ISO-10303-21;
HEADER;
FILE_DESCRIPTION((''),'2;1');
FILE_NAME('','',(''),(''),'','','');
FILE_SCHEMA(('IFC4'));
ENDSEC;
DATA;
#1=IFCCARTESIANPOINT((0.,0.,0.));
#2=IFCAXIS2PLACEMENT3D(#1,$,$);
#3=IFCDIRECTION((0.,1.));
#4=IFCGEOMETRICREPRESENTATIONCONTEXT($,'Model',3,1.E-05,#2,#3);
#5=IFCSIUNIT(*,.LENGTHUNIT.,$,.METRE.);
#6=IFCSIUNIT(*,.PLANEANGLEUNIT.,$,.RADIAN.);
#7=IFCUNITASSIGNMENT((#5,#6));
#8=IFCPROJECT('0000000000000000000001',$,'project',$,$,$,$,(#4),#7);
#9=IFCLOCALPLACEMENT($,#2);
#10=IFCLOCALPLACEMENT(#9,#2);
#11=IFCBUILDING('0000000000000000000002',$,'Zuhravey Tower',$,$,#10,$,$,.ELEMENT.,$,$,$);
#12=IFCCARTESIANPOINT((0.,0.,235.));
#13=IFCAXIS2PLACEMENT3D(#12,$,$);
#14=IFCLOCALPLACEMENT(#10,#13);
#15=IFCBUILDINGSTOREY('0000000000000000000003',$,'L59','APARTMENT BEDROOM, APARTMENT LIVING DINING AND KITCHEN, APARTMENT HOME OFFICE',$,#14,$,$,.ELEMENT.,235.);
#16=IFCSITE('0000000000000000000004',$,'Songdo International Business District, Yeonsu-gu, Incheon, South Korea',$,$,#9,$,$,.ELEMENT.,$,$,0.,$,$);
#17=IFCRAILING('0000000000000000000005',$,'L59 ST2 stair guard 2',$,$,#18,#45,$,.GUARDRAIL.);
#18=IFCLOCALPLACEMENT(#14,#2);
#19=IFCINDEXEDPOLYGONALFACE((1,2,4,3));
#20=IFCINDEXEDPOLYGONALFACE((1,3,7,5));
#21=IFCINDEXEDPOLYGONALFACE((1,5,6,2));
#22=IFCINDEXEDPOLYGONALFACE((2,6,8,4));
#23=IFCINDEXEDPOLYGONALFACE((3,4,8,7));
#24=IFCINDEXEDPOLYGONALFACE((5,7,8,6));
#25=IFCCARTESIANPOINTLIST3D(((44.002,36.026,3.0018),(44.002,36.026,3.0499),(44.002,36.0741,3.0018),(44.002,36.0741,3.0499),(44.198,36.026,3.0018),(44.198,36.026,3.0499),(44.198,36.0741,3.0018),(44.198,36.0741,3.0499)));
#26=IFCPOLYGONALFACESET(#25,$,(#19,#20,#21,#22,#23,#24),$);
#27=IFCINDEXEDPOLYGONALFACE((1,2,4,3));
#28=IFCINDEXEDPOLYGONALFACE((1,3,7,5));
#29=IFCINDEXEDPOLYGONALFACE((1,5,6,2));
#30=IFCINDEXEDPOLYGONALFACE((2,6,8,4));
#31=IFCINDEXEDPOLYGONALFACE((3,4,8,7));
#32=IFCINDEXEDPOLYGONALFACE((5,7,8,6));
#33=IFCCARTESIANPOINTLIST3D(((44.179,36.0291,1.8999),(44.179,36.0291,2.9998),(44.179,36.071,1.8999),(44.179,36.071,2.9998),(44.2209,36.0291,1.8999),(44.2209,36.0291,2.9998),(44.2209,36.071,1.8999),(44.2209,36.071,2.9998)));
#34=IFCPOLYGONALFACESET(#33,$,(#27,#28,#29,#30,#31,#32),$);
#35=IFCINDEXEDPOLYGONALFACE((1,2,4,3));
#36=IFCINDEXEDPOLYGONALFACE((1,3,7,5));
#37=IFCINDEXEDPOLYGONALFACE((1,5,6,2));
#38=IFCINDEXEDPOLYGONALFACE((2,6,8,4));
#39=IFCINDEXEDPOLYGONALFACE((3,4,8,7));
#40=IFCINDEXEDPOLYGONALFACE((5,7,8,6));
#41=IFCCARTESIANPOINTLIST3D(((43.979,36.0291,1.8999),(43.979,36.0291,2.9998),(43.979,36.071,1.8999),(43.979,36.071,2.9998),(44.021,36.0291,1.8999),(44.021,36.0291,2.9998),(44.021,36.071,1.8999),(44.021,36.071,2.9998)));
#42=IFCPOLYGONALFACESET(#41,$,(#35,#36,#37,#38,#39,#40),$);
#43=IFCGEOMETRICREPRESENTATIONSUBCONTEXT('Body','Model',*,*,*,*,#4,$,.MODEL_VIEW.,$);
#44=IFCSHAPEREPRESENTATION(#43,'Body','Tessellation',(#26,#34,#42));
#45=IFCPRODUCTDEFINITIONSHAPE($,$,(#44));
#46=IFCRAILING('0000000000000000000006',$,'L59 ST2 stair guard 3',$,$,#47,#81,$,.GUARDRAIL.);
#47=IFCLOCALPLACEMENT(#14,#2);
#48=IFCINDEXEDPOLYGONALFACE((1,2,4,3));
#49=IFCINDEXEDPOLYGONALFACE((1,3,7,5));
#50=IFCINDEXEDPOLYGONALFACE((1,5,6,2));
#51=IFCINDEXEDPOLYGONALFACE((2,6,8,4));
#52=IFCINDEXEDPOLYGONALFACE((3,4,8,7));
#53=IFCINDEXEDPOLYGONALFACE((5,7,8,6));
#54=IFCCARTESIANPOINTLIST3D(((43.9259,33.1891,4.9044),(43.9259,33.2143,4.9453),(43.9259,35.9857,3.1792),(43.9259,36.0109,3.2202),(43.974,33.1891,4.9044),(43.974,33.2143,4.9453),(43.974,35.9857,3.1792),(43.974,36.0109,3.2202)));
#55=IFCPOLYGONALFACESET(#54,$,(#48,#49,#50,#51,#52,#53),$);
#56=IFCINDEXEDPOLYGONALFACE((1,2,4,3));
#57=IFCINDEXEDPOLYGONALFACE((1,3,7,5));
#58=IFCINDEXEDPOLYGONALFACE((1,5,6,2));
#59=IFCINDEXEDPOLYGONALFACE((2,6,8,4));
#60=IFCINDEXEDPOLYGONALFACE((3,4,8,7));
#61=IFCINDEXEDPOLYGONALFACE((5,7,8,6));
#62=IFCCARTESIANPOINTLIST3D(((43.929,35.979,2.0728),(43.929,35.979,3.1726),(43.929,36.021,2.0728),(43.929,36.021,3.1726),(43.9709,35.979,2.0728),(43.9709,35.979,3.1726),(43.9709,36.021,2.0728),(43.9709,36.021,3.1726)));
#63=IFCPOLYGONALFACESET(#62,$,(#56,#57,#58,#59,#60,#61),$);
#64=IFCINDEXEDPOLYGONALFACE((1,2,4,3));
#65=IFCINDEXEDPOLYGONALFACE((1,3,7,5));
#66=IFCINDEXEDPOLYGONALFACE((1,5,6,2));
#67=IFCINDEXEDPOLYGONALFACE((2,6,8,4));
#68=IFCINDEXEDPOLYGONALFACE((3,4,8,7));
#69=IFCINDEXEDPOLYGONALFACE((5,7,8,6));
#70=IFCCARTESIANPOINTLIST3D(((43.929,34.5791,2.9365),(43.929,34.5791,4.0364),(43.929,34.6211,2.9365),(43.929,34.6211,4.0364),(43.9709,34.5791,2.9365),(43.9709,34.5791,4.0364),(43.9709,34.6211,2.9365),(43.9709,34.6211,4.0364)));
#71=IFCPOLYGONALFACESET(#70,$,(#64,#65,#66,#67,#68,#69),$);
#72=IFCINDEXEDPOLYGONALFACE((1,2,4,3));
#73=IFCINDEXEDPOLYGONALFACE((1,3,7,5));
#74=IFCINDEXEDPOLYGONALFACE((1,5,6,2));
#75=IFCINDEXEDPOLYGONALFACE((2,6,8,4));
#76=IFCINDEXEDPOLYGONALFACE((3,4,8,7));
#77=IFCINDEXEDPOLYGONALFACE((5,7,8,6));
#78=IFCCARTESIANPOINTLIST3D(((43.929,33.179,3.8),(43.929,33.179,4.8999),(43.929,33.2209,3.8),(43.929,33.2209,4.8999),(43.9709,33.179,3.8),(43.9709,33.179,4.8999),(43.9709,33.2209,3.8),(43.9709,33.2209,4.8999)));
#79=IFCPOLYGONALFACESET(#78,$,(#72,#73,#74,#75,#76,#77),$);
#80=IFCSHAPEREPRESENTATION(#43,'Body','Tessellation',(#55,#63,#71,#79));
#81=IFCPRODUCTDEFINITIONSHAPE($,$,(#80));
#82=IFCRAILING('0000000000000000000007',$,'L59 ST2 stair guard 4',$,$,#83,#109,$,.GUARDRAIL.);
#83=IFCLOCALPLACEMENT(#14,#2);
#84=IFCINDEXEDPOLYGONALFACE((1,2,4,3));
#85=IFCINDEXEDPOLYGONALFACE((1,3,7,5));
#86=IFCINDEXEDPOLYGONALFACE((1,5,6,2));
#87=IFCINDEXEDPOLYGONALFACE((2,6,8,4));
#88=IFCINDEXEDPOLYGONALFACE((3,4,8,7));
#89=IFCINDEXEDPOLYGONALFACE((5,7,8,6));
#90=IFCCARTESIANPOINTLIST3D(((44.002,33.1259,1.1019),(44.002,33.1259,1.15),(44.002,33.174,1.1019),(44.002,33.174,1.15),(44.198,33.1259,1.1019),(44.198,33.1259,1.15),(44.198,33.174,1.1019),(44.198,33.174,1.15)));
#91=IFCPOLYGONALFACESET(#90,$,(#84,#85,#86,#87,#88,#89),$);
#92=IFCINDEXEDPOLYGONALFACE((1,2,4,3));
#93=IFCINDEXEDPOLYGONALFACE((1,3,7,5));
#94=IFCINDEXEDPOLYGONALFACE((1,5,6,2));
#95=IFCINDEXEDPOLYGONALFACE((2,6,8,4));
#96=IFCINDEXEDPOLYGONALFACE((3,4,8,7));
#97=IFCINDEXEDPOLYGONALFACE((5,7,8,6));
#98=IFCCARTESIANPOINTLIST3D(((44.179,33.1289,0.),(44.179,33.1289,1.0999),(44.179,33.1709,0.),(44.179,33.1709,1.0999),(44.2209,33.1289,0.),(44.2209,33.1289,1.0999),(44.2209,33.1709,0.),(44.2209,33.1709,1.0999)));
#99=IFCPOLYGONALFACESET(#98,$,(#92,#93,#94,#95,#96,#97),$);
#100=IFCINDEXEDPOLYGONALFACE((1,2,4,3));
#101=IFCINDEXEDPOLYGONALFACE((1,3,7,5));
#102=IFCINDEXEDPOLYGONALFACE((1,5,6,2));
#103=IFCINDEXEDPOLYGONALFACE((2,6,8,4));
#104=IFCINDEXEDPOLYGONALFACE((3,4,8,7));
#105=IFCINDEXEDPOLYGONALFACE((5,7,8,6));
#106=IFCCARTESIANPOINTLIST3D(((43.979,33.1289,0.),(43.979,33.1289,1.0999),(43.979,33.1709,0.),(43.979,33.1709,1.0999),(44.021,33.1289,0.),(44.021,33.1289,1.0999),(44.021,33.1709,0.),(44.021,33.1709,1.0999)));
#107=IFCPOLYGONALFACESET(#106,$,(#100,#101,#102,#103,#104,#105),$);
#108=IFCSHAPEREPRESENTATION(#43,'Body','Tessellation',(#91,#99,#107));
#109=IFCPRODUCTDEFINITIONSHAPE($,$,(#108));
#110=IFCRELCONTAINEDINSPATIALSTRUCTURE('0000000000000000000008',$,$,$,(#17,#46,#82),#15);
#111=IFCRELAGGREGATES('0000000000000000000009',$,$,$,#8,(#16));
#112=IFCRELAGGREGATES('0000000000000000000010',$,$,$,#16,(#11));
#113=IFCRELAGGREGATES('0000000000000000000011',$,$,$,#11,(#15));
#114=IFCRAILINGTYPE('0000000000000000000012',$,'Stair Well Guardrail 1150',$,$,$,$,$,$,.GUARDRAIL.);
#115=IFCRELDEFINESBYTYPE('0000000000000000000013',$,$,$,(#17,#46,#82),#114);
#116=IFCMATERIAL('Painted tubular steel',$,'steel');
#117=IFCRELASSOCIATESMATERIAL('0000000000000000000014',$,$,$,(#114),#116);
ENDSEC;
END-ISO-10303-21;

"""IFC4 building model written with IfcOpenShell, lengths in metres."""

from ifc_helpers import new_model, si_unit, direction, frame, origin, origin_2d, place, context, subcontext, project, spatial, rectangle, extrude, material, type_object, element, save


model = new_model("IFC4")

# Units and contexts
model_context = context("Model", 3, precision=1e-05, world=origin(), true_north=direction((0.0, 1.0)))
body_context = subcontext(model_context, "Body", "Model", "MODEL_VIEW")
ifc_project = project(units=[si_unit("LENGTHUNIT", "METRE"), si_unit("PLANEANGLEUNIT", "RADIAN")], contexts=[model_context])

# Site, building, storey
site_placement = place(None, origin())
site = spatial("IfcSite", under=ifc_project, at=site_placement, Name="Songdo International Business District, Yeonsu-gu, Incheon, South Korea", CompositionType="ELEMENT", RefElevation=0.0)
building_placement = place(site_placement, origin())
building = spatial("IfcBuilding", under=site, at=building_placement, Name="Zuhravey Tower", CompositionType="ELEMENT")
storey_placement = place(building_placement, frame((0.0, 0.0, 235.0)))
storey = spatial("IfcBuildingStorey", under=building, at=storey_placement, Name="L59", Description="APARTMENT BEDROOM, APARTMENT LIVING DINING AND KITCHEN, APARTMENT HOME OFFICE", CompositionType="ELEMENT", Elevation=235.0)

# Railings
ifc_material_1 = material(Name="Painted tubular steel", Category="steel")
railing_type_1 = type_object("IfcRailingType", Name="Stair Well Guardrail 1150", PredefinedType="GUARDRAIL", material=ifc_material_1)
railing_1_placement = place(storey_placement, frame((44.2, 36.05, 1.8999)))
element("IfcRailing", 1, at=railing_1_placement, inside=storey, type_object=railing_type_1, Name="L59 ST2 stair guard 2", PredefinedType="GUARDRAIL", context=body_context, shape_type="SweptSolid", body=[
    extrude(rectangle(XDim=0.0481, YDim=0.0481, at=origin_2d()), frame((-0.002, 0.0, 1.126), z_axis=(-1.0, 0.0, 0.0), x_axis=(0.0, -1.0, 0.0)), (0.0, 0.0, 1.0), 0.196),
    extrude(rectangle(XDim=0.042, YDim=0.042, at=origin_2d()), origin(), (0.0, 0.0, 1.0), 1.0999),
    extrude(rectangle(XDim=0.042, YDim=0.042, at=origin_2d()), frame((-0.2, 0.0, 0.0)), (0.0, 0.0, 1.0), 1.0999),
])
railing_2_placement = place(storey_placement, frame((43.95, 36.0, 2.0728)))
element("IfcRailing", 2, at=railing_2_placement, inside=storey, type_object=railing_type_1, Name="L59 ST2 stair guard 3", PredefinedType="GUARDRAIL", context=body_context, shape_type="SweptSolid", body=[
    extrude(rectangle(XDim=0.0481, YDim=0.0481, at=origin_2d()), frame((0.0, -0.0017, 1.127), z_axis=(0.0, -0.85109, 0.52502), x_axis=(1.0, 0.0, 0.0)), (0.0, 0.0, 1.0), 3.2859),
    extrude(rectangle(XDim=0.042, YDim=0.042, at=origin_2d()), origin(), (0.0, 0.0, 1.0), 1.0999),
    extrude(rectangle(XDim=0.042, YDim=0.042, at=origin_2d()), frame((0.0, -1.3999, 0.8638)), (0.0, 0.0, 1.0), 1.0999),
    extrude(rectangle(XDim=0.042, YDim=0.042, at=origin_2d()), frame((0.0, -2.8, 1.7273)), (0.0, 0.0, 1.0), 1.0999),
])
railing_3_placement = place(storey_placement, frame((44.2, 33.1499, 0.0)))
element("IfcRailing", 3, at=railing_3_placement, inside=storey, type_object=railing_type_1, Name="L59 ST2 stair guard 4", PredefinedType="GUARDRAIL", context=body_context, shape_type="SweptSolid", body=[
    extrude(rectangle(XDim=0.0481, YDim=0.0481, at=origin_2d()), frame((-0.002, 0.0, 1.126), z_axis=(-1.0, 0.0, 0.0), x_axis=(0.0, -1.0, 0.0)), (0.0, 0.0, 1.0), 0.196),
    extrude(rectangle(XDim=0.042, YDim=0.042, at=origin_2d()), origin(), (0.0, 0.0, 1.0), 1.0999),
    extrude(rectangle(XDim=0.042, YDim=0.042, at=origin_2d()), frame((-0.2, 0.0, 0.0)), (0.0, 0.0, 1.0), 1.0999),
])

save(model, "model.ifc")
